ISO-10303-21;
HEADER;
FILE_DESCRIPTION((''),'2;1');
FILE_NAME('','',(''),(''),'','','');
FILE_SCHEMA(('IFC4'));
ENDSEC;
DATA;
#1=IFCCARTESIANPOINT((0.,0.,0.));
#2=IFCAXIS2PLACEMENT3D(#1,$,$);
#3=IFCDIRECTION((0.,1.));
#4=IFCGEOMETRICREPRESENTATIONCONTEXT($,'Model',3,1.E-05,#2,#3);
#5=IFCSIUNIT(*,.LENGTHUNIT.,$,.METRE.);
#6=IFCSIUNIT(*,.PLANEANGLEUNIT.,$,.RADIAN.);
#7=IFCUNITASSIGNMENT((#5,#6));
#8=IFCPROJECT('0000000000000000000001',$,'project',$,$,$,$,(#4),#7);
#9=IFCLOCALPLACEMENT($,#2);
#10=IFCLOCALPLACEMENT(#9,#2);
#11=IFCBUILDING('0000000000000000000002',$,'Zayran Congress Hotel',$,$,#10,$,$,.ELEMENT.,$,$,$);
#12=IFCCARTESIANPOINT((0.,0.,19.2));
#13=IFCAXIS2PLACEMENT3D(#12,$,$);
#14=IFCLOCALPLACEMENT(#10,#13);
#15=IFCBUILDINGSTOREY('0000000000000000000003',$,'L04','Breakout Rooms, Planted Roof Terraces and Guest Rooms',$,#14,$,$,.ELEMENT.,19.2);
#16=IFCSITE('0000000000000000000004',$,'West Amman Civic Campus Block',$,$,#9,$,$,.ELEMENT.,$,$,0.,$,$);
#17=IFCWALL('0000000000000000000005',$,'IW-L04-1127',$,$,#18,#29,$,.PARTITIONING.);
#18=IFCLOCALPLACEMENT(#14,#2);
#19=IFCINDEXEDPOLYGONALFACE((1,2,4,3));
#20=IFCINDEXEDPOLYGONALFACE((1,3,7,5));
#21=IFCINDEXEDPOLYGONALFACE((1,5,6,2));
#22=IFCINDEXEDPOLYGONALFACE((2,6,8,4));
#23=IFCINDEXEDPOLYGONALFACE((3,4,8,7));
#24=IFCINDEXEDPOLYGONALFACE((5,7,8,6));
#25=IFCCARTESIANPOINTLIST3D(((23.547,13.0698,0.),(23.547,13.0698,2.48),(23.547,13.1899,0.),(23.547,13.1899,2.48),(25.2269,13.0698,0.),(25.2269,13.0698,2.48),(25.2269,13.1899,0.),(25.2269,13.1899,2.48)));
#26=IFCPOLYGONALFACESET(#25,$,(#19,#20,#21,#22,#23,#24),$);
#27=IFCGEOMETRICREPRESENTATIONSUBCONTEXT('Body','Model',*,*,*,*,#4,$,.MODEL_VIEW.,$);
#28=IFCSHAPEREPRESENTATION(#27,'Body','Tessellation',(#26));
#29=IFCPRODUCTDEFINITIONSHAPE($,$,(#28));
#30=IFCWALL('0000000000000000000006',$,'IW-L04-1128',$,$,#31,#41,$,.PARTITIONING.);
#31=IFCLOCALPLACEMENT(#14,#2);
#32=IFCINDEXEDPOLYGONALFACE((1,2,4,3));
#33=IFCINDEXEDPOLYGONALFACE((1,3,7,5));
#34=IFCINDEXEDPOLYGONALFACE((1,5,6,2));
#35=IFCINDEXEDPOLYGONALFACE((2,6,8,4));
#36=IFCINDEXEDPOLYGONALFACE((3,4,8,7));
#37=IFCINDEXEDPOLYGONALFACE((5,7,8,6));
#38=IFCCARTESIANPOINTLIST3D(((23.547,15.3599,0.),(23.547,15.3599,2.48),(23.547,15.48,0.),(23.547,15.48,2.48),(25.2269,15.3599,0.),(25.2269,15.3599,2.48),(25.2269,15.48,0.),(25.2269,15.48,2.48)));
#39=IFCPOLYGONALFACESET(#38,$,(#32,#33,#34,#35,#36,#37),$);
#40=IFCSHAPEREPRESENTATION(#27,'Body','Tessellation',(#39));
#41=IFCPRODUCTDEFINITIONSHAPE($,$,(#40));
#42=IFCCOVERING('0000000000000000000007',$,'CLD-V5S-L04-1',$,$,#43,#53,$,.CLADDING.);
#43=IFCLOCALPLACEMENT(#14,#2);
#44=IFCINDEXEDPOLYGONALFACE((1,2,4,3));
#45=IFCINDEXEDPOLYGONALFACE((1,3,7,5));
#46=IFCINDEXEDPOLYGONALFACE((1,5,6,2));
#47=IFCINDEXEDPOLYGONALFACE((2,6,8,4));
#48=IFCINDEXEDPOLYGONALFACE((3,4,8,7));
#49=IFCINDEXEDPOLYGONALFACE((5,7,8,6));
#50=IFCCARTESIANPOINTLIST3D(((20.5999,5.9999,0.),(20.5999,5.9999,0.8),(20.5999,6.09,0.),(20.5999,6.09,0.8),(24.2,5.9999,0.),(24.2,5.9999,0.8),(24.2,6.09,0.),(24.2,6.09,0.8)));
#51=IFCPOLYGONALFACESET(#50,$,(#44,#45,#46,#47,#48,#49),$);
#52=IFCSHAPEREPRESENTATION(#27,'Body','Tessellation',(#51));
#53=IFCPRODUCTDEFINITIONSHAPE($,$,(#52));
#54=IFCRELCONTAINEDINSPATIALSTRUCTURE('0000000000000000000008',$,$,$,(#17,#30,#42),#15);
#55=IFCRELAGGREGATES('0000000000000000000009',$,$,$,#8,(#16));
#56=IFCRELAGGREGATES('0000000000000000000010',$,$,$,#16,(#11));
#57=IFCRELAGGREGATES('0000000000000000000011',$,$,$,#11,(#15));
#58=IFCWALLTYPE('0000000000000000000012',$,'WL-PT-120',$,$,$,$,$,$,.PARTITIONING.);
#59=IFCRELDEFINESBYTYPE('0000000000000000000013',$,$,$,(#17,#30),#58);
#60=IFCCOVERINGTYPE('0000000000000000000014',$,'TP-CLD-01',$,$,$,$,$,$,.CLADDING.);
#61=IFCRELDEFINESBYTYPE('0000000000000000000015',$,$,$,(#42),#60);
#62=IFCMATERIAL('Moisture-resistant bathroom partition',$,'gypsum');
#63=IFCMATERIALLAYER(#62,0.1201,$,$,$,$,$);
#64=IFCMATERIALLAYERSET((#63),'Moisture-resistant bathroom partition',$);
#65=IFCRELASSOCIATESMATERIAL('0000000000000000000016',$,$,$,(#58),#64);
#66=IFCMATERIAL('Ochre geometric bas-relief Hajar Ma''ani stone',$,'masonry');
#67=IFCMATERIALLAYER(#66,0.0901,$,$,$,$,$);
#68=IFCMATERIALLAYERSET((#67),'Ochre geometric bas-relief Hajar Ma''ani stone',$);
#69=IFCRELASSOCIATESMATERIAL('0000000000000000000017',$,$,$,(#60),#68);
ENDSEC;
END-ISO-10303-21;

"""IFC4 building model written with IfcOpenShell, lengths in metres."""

from ifc_helpers import new_model, si_unit, direction, frame, frame_2d, origin, origin_2d, place, context, subcontext, project, spatial, rectangle, extrude, material, layer, layer_set, type_object, element, save


model = new_model("IFC4")

# Units and contexts
model_context = context("Model", 3, precision=1e-05, world=origin(), true_north=direction((0.0, 1.0)))
body_context = subcontext(model_context, "Body", "Model", "MODEL_VIEW")
ifc_project = project(units=[si_unit("LENGTHUNIT", "METRE"), si_unit("PLANEANGLEUNIT", "RADIAN")], contexts=[model_context])

# Site, building, storey
site_placement = place(None, origin())
site = spatial("IfcSite", under=ifc_project, at=site_placement, Name="West Amman Civic Campus Block", CompositionType="ELEMENT", RefElevation=0.0)
building_placement = place(site_placement, origin())
building = spatial("IfcBuilding", under=site, at=building_placement, Name="Zayran Congress Hotel", CompositionType="ELEMENT")
storey_placement = place(building_placement, frame((0.0, 0.0, 19.2)))
storey = spatial("IfcBuildingStorey", under=building, at=storey_placement, Name="L04", Description="Breakout Rooms, Planted Roof Terraces and Guest Rooms", CompositionType="ELEMENT", Elevation=19.2)

# Shared definitions
ifc_material_1 = material(Name="Moisture-resistant bathroom partition", Category="gypsum")
ifc_layer_1 = layer(ifc_material_1, 0.1201)
ifc_layer_set_1 = layer_set([ifc_layer_1], Name="Moisture-resistant bathroom partition")
wall_type_1 = type_object("IfcWallType", Name="WL-PT-120", PredefinedType="PARTITIONING", material=ifc_layer_set_1)

# Walls
for number, where, z_axis, x_axis, name in (
    (1, (23.5471, 13.1299, 0.0), (0.0, 0.0, 1.0), (1.0, 0.0, 0.0), "IW-L04-1127"),
    (2, (23.5471, 15.4199, 0.0), (0.0, 0.0, 1.0), (1.0, 0.0, 0.0), "IW-L04-1128"),
):
    element("IfcWall", number, at=place(storey_placement, frame(where, z_axis=z_axis, x_axis=x_axis)), inside=storey, type_object=wall_type_1, Name=name, PredefinedType="PARTITIONING", context=body_context, shape_type="SweptSolid", body=[
        extrude(rectangle(XDim=1.6799, YDim=0.1201, at=frame_2d((0.8398, 0.0))), origin(), (0.0, 0.0, 1.0), 2.48),
    ])

# Covering
ifc_material_2 = material(Name="Ochre geometric bas-relief Hajar Ma'ani stone", Category="masonry")
ifc_layer_2 = layer(ifc_material_2, 0.0901)
ifc_layer_set_2 = layer_set([ifc_layer_2], Name="Ochre geometric bas-relief Hajar Ma'ani stone")
covering_type = type_object("IfcCoveringType", Name="TP-CLD-01", PredefinedType="CLADDING", material=ifc_layer_set_2)
covering_placement = place(storey_placement, frame((22.3999, 6.0449, 0.0), z_axis=(0.0, 0.0, 1.0), x_axis=(1.0, 0.0, 0.0)))
element("IfcCovering", 3, at=covering_placement, inside=storey, type_object=covering_type, Name="CLD-V5S-L04-1", PredefinedType="CLADDING", context=body_context, shape_type="SweptSolid", body=[
    extrude(rectangle(XDim=3.6001, YDim=0.0901, at=origin_2d()), origin(), (0.0, 0.0, 1.0), 0.8),
])

save(model, "model.ifc")
